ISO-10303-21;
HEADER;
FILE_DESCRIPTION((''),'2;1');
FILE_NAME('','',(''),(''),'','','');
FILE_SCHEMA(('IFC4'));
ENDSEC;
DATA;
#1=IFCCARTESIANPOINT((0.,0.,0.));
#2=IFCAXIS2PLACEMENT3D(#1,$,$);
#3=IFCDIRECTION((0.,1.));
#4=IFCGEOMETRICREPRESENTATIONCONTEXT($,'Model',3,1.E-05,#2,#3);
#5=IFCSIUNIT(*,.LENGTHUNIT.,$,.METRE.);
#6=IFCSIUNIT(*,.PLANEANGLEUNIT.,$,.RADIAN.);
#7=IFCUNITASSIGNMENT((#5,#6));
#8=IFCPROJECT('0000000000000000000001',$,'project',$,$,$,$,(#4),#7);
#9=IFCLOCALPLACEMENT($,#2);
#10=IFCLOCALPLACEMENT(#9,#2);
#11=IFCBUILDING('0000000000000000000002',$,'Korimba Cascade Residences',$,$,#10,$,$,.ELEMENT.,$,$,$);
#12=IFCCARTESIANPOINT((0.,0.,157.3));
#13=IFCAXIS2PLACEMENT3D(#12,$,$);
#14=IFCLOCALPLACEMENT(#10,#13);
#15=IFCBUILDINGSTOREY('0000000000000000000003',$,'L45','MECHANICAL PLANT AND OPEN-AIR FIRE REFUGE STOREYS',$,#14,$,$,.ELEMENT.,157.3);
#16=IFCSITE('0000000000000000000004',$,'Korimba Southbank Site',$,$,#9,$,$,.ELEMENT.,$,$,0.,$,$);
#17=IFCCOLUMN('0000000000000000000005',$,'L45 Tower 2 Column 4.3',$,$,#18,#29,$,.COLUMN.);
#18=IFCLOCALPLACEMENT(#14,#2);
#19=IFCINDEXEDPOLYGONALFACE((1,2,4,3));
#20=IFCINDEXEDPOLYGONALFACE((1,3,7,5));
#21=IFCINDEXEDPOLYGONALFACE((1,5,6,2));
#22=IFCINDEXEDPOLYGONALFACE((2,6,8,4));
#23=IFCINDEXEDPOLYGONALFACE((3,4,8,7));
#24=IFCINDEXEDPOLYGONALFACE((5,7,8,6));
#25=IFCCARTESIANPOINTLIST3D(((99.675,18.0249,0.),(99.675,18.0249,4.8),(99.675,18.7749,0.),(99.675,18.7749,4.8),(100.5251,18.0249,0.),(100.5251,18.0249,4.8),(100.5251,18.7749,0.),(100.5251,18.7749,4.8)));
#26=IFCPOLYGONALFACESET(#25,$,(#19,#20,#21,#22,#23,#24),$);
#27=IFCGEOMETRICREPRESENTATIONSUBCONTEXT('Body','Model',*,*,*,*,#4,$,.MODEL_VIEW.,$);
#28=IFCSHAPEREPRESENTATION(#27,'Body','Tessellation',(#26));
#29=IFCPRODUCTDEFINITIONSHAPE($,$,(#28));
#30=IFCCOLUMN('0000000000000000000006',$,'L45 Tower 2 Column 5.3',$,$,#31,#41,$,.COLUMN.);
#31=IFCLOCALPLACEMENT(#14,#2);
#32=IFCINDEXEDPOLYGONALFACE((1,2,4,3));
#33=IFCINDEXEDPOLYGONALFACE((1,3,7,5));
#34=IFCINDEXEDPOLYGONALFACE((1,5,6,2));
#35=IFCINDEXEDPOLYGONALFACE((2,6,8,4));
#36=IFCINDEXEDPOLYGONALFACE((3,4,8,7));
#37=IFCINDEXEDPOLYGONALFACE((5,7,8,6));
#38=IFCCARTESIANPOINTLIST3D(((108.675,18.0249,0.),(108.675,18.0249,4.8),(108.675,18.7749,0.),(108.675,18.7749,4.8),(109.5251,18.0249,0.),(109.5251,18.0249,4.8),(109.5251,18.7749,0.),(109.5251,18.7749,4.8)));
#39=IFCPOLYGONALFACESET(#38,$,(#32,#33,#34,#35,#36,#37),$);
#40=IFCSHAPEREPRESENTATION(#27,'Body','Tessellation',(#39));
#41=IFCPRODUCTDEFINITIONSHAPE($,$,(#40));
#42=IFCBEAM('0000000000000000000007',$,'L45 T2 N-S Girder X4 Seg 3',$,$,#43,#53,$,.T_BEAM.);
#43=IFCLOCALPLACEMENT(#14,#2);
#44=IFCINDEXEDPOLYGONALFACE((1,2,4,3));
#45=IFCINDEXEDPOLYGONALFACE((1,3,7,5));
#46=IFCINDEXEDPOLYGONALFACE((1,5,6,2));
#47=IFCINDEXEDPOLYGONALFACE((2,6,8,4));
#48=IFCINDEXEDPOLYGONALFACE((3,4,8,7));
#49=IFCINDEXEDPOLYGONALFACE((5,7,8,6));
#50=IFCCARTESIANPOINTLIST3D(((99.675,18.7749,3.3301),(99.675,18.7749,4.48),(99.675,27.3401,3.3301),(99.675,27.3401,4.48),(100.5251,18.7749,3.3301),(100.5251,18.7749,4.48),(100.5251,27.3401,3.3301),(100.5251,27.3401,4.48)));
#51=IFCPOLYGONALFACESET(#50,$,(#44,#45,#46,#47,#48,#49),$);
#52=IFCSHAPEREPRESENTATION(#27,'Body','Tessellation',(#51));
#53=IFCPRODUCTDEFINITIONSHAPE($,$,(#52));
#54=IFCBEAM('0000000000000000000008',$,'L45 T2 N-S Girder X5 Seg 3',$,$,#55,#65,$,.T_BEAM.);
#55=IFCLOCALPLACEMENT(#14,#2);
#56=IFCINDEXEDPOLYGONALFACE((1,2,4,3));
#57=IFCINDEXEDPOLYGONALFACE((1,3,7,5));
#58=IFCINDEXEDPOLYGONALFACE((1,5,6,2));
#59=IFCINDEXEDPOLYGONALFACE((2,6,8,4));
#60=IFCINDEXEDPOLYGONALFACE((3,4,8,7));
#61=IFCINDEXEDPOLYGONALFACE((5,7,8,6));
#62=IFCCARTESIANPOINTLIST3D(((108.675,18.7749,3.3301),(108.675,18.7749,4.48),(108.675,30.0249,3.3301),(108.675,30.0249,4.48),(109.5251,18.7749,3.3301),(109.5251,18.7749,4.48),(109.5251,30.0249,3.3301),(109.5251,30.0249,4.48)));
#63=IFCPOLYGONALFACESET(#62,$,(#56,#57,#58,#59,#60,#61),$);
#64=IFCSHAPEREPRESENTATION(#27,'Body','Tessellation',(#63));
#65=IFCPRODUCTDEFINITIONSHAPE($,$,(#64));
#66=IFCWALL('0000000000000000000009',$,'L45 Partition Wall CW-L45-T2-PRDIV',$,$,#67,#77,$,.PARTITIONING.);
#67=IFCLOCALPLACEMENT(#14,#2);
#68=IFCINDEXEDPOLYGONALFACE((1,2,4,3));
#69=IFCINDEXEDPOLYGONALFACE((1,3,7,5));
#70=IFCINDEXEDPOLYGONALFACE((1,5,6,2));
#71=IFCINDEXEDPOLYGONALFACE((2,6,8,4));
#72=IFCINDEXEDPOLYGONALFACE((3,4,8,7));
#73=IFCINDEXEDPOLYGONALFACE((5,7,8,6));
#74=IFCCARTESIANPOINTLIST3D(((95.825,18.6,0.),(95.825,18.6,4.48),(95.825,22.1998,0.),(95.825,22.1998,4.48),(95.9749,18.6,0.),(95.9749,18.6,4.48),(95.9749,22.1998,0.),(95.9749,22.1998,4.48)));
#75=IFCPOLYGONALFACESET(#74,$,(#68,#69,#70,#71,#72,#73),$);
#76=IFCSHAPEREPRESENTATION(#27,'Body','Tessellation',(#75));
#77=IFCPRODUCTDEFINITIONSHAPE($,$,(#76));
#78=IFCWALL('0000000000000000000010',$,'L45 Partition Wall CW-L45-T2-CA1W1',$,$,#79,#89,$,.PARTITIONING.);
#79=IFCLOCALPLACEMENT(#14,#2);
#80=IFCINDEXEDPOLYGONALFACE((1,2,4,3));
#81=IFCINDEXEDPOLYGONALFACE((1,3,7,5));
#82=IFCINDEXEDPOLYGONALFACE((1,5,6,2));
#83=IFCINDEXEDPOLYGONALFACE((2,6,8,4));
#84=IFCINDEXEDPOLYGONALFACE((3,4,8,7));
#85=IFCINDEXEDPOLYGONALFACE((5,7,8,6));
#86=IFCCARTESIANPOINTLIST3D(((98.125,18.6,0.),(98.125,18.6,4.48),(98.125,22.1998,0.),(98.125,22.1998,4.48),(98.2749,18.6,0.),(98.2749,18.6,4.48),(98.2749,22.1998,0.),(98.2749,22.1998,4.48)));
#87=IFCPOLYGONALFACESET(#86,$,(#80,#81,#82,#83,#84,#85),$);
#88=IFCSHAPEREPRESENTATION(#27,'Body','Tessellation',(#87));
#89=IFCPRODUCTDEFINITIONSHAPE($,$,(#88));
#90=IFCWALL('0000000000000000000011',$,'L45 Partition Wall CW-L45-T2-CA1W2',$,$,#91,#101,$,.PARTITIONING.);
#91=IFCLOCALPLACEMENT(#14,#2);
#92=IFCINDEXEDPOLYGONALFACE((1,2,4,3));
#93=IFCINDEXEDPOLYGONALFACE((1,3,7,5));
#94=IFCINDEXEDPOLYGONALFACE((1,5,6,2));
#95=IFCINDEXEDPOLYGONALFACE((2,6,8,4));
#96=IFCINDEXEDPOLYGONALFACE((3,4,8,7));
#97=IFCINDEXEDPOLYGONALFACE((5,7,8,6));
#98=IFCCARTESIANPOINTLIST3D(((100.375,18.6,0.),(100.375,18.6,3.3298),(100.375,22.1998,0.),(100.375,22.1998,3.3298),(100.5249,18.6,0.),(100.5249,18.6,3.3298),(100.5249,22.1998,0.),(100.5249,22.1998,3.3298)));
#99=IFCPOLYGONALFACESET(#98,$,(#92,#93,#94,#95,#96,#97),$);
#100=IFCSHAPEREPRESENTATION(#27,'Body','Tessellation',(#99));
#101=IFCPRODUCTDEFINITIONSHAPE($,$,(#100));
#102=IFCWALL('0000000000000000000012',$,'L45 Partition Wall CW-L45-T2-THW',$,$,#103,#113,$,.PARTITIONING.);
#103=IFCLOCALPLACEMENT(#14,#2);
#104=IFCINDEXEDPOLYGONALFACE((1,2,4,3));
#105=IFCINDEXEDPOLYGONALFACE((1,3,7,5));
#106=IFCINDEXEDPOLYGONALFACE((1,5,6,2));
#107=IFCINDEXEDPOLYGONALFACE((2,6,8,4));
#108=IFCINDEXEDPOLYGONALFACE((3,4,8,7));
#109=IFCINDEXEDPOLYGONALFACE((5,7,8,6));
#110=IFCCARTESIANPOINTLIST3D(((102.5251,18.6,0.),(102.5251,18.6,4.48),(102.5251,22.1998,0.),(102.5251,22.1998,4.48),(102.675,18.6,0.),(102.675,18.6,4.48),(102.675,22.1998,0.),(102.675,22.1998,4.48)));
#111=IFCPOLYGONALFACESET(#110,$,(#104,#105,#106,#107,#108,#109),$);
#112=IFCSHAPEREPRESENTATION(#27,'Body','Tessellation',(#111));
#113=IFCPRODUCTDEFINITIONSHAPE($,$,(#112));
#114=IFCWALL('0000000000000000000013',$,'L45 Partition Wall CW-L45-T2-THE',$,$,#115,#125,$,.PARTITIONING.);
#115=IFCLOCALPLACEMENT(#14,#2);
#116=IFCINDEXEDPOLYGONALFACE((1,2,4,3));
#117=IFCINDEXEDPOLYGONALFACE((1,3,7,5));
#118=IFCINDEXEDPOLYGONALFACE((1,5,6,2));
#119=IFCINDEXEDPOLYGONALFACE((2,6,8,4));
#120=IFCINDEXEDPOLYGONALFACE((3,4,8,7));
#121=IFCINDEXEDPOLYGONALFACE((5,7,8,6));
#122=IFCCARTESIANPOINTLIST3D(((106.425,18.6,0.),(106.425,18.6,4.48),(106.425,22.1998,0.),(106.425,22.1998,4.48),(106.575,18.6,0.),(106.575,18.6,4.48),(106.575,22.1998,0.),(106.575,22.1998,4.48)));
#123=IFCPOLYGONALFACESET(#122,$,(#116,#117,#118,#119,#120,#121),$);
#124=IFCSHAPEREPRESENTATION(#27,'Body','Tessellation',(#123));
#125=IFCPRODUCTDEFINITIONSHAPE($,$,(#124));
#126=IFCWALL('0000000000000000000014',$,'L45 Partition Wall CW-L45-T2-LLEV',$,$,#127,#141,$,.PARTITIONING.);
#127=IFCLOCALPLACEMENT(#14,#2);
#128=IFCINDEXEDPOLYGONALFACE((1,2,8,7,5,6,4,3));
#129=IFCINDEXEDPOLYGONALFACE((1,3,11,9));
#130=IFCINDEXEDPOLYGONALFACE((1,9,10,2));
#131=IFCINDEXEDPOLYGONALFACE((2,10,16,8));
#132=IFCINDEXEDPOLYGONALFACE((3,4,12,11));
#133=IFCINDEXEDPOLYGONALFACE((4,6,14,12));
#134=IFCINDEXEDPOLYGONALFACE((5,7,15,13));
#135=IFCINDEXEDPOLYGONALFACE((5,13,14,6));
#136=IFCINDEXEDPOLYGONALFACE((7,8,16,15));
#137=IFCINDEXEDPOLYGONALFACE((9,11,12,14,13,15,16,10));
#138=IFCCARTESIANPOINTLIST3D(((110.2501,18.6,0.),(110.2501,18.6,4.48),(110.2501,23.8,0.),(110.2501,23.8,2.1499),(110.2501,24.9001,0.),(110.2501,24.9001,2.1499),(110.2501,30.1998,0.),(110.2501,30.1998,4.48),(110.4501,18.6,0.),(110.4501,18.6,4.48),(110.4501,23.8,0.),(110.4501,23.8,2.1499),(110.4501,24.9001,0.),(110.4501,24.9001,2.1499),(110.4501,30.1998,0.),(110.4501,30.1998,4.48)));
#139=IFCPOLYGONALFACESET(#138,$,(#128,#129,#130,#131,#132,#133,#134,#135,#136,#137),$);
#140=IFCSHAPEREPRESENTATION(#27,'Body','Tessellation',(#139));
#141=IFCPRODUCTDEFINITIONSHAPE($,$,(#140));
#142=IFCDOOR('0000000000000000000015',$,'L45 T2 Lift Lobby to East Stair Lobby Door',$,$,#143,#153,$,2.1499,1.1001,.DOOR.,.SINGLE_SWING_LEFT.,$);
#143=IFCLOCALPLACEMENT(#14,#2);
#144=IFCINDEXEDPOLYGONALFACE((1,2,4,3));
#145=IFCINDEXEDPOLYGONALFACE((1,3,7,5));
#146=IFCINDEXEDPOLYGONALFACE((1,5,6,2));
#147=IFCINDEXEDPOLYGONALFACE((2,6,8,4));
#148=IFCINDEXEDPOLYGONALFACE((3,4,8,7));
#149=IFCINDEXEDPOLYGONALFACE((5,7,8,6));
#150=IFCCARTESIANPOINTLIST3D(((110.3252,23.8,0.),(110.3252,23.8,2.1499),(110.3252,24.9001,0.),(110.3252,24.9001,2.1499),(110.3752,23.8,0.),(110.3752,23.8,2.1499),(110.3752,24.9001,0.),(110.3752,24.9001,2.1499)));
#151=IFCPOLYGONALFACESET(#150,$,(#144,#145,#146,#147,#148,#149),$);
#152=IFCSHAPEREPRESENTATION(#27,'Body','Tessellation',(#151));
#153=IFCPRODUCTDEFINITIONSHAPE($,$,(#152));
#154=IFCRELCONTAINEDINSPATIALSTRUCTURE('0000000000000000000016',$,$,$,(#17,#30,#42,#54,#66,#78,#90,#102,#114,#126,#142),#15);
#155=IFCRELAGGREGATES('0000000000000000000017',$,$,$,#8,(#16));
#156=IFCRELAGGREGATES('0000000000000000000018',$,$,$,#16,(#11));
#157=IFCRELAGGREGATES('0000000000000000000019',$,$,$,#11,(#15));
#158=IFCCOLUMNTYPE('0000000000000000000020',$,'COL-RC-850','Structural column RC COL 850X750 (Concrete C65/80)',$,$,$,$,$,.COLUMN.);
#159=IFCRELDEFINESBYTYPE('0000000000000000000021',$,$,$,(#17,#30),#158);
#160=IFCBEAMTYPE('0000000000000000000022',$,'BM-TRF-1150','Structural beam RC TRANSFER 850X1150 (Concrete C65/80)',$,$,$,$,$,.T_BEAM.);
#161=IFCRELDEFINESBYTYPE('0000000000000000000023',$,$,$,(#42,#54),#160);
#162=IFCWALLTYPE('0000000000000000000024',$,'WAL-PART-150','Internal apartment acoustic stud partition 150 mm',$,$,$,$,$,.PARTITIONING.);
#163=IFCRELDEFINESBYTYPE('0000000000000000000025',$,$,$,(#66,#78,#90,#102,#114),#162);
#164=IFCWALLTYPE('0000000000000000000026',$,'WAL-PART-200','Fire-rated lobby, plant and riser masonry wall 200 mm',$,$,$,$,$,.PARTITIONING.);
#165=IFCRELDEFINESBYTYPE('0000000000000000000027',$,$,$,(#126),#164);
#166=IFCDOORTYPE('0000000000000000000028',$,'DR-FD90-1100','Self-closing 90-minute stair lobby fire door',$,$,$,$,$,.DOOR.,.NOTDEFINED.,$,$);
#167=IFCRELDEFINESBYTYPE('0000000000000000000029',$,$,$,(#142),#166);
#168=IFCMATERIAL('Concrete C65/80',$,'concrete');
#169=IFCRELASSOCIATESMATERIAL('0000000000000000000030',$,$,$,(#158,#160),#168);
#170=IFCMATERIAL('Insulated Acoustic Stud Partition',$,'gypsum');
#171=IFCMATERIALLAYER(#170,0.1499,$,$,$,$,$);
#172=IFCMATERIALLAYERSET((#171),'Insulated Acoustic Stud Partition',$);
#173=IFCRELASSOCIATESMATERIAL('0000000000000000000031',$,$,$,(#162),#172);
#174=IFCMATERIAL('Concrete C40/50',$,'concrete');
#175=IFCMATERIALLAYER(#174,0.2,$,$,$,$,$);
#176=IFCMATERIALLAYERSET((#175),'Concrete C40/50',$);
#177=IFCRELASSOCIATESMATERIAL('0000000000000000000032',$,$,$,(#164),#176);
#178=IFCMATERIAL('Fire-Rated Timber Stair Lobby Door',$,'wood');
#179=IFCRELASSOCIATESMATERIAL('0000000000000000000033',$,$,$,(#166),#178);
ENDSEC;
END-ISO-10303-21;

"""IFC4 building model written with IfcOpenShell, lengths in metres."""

from ifc_helpers import new_model, si_unit, direction, frame, frame_2d, origin, origin_2d, place, context, subcontext, project, spatial, rectangle, extrude, material, layer, layer_set, material_profile, profile_set, type_object, element, fill, save


model = new_model("IFC4")

# Units and contexts
model_context = context("Model", 3, precision=1e-05, world=origin(), true_north=direction((0.0, 1.0)))
body_context = subcontext(model_context, "Body", "Model", "MODEL_VIEW")
ifc_project = project(units=[si_unit("LENGTHUNIT", "METRE"), si_unit("PLANEANGLEUNIT", "RADIAN")], contexts=[model_context])

# Site, building, storey
site_placement = place(None, origin())
site = spatial("IfcSite", under=ifc_project, at=site_placement, Name="Korimba Southbank Site", CompositionType="ELEMENT", RefElevation=0.0)
building_placement = place(site_placement, origin())
building = spatial("IfcBuilding", under=site, at=building_placement, Name="Korimba Cascade Residences", CompositionType="ELEMENT")
storey_placement = place(building_placement, frame((0.0, 0.0, 157.3)))
storey = spatial("IfcBuildingStorey", under=building, at=storey_placement, Name="L45", Description="MECHANICAL PLANT AND OPEN-AIR FIRE REFUGE STOREYS", CompositionType="ELEMENT", Elevation=157.3)

# Columns
ifc_material_1 = material(Name="Concrete C65/80", Category="concrete")
ifc_material_profile_1 = material_profile(ifc_material_1, rectangle(XDim=0.8501, YDim=0.75, at=origin_2d()), Name="Concrete C65/80")
ifc_profile_set_1 = profile_set([ifc_material_profile_1], Name="Concrete C65/80")
column_type = type_object("IfcColumnType", Name="COL-RC-850", Description="Structural column RC COL 850X750 (Concrete C65/80)", PredefinedType="COLUMN", material=ifc_profile_set_1)
for number, where, z_axis, x_axis, name in (
    (1, (100.1001, 18.3999, 0.0), (0.0, 0.0, 1.0), (1.0, 0.0, 0.0), "L45 Tower 2 Column 4.3"),
    (2, (109.1001, 18.3999, 0.0), (0.0, 0.0, 1.0), (1.0, 0.0, 0.0), "L45 Tower 2 Column 5.3"),
):
    element("IfcColumn", number, at=place(storey_placement, frame(where, z_axis=z_axis, x_axis=x_axis)), inside=storey, type_object=column_type, Name=name, PredefinedType="COLUMN", context=body_context, shape_type="SweptSolid", body=[
        extrude(rectangle(XDim=0.8501, YDim=0.75, at=origin_2d()), origin(), (0.0, 0.0, 1.0), 4.8),
    ])

# Beams
ifc_material_profile_2 = material_profile(ifc_material_1, rectangle(XDim=0.8501, YDim=1.1499, at=origin_2d()), Name="Concrete C65/80")
ifc_profile_set_2 = profile_set([ifc_material_profile_2], Name="Concrete C65/80")
beam_type = type_object("IfcBeamType", Name="BM-TRF-1150", Description="Structural beam RC TRANSFER 850X1150 (Concrete C65/80)", PredefinedType="T_BEAM", material=ifc_profile_set_2)
beam_1_placement = place(storey_placement, frame((100.1001, 18.7749, 3.905), z_axis=(0.0, 1.0, 0.0), x_axis=(-1.0, 0.0, 0.0)))
element("IfcBeam", 3, at=beam_1_placement, inside=storey, type_object=beam_type, Name="L45 T2 N-S Girder X4 Seg 3", PredefinedType="T_BEAM", context=body_context, shape_type="SweptSolid", body=[
    extrude(rectangle(XDim=0.8501, YDim=1.1499, at=origin_2d()), origin(), (0.0, 0.0, 1.0), 8.5652),
])
beam_2_placement = place(storey_placement, frame((109.1001, 18.7749, 3.905), z_axis=(0.0, 1.0, 0.0), x_axis=(-1.0, 0.0, 0.0)))
element("IfcBeam", 4, at=beam_2_placement, inside=storey, type_object=beam_type, Name="L45 T2 N-S Girder X5 Seg 3", PredefinedType="T_BEAM", context=body_context, shape_type="SweptSolid", body=[
    extrude(rectangle(XDim=0.8501, YDim=1.1499, at=origin_2d()), origin(), (0.0, 0.0, 1.0), 11.25),
])

# Walls
ifc_material_2 = material(Name="Insulated Acoustic Stud Partition", Category="gypsum")
ifc_layer_1 = layer(ifc_material_2, 0.1499)
ifc_layer_set_1 = layer_set([ifc_layer_1], Name="Insulated Acoustic Stud Partition")
wall_type_1 = type_object("IfcWallType", Name="WAL-PART-150", Description="Internal apartment acoustic stud partition 150 mm", PredefinedType="PARTITIONING", material=ifc_layer_set_1)
for number, where, z_axis, x_axis, name in (
    (5, (95.8999, 18.6001, 0.0), (0.0, 0.0, 1.0), (0.0, 1.0, 0.0), "L45 Partition Wall CW-L45-T2-PRDIV"),
    (6, (98.2, 18.6001, 0.0), (0.0, 0.0, 1.0), (0.0, 1.0, 0.0), "L45 Partition Wall CW-L45-T2-CA1W1"),
):
    element("IfcWall", number, at=place(storey_placement, frame(where, z_axis=z_axis, x_axis=x_axis)), inside=storey, type_object=wall_type_1, Name=name, PredefinedType="PARTITIONING", context=body_context, shape_type="SweptSolid", body=[
        extrude(rectangle(XDim=3.5999, YDim=0.1499, at=frame_2d((1.7998, 0.0))), origin(), (0.0, 0.0, 1.0), 4.48),
    ])
wall_1_placement = place(storey_placement, frame((100.45, 18.6001, 0.0), z_axis=(0.0, 0.0, 1.0), x_axis=(0.0, 1.0, 0.0)))
element("IfcWall", 7, at=wall_1_placement, inside=storey, type_object=wall_type_1, Name="L45 Partition Wall CW-L45-T2-CA1W2", PredefinedType="PARTITIONING", context=body_context, shape_type="SweptSolid", body=[
    extrude(rectangle(XDim=3.5999, YDim=0.1499, at=frame_2d((1.7998, 0.0))), origin(), (0.0, 0.0, 1.0), 3.3298),
])
for number, where, z_axis, x_axis, name in (
    (8, (102.6001, 18.6001, 0.0), (0.0, 0.0, 1.0), (0.0, 1.0, 0.0), "L45 Partition Wall CW-L45-T2-THW"),
    (9, (106.5, 18.6001, 0.0), (0.0, 0.0, 1.0), (0.0, 1.0, 0.0), "L45 Partition Wall CW-L45-T2-THE"),
):
    element("IfcWall", number, at=place(storey_placement, frame(where, z_axis=z_axis, x_axis=x_axis)), inside=storey, type_object=wall_type_1, Name=name, PredefinedType="PARTITIONING", context=body_context, shape_type="SweptSolid", body=[
        extrude(rectangle(XDim=3.5999, YDim=0.1499, at=frame_2d((1.7998, 0.0))), origin(), (0.0, 0.0, 1.0), 4.48),
    ])

# Wall, opening, door
ifc_material_3 = material(Name="Concrete C40/50", Category="concrete")
ifc_layer_2 = layer(ifc_material_3, 0.2)
ifc_layer_set_2 = layer_set([ifc_layer_2], Name="Concrete C40/50")
wall_type_2 = type_object("IfcWallType", Name="WAL-PART-200", Description="Fire-rated lobby, plant and riser masonry wall 200 mm", PredefinedType="PARTITIONING", material=ifc_layer_set_2)
wall_2_placement = place(storey_placement, frame((110.3501, 18.6001, 0.0), z_axis=(0.0, 0.0, 1.0), x_axis=(0.0, 1.0, 0.0)))
wall_2 = element("IfcWall", 10, at=wall_2_placement, inside=storey, type_object=wall_type_2, Name="L45 Partition Wall CW-L45-T2-LLEV", PredefinedType="PARTITIONING", context=body_context, shape_type="SweptSolid", body=[
    extrude(rectangle(XDim=11.5999, YDim=0.2, at=frame_2d((5.7998, 0.0))), origin(), (0.0, 0.0, 1.0), 4.48),
])
opening_1_placement = place(wall_2_placement, frame((5.2, 0.0, 0.0)))
opening_1 = element("IfcOpeningElement", 11, at=opening_1_placement, cuts=wall_2, PredefinedType="OPENING", context=body_context, shape_type="SweptSolid", body=[
    extrude(rectangle(XDim=1.1001, YDim=2.1499, at=frame_2d((0.55, 1.075))), frame((0.0, 0.1099, 0.0), z_axis=(0.0, -1.0, 0.0), x_axis=(1.0, 0.0, 0.0)), (0.0, 0.0, 1.0), 0.22),
])
ifc_material_4 = material(Name="Fire-Rated Timber Stair Lobby Door", Category="wood")
door_type_1 = type_object("IfcDoorType", Name="DR-FD90-1100", Description="Self-closing 90-minute stair lobby fire door", OperationType="NOTDEFINED", PredefinedType="DOOR", material=ifc_material_4)
door_1_placement = place(opening_1_placement, origin())
door_1 = element("IfcDoor", 12, at=door_1_placement, inside=storey, type_object=door_type_1, Name="L45 T2 Lift Lobby to East Stair Lobby Door", OperationType="SINGLE_SWING_LEFT", OverallHeight=2.1499, OverallWidth=1.1001, PredefinedType="DOOR", context=body_context, shape_type="SweptSolid", body=[
    extrude(rectangle(XDim=1.1001, YDim=2.1499, at=frame_2d((0.55, 1.075))), frame((0.0, 0.0249, 0.0), z_axis=(0.0, -1.0, 0.0), x_axis=(1.0, 0.0, 0.0)), (0.0, 0.0, 1.0), 0.05),
])
fill(opening_1, door_1)

save(model, "model.ifc")
